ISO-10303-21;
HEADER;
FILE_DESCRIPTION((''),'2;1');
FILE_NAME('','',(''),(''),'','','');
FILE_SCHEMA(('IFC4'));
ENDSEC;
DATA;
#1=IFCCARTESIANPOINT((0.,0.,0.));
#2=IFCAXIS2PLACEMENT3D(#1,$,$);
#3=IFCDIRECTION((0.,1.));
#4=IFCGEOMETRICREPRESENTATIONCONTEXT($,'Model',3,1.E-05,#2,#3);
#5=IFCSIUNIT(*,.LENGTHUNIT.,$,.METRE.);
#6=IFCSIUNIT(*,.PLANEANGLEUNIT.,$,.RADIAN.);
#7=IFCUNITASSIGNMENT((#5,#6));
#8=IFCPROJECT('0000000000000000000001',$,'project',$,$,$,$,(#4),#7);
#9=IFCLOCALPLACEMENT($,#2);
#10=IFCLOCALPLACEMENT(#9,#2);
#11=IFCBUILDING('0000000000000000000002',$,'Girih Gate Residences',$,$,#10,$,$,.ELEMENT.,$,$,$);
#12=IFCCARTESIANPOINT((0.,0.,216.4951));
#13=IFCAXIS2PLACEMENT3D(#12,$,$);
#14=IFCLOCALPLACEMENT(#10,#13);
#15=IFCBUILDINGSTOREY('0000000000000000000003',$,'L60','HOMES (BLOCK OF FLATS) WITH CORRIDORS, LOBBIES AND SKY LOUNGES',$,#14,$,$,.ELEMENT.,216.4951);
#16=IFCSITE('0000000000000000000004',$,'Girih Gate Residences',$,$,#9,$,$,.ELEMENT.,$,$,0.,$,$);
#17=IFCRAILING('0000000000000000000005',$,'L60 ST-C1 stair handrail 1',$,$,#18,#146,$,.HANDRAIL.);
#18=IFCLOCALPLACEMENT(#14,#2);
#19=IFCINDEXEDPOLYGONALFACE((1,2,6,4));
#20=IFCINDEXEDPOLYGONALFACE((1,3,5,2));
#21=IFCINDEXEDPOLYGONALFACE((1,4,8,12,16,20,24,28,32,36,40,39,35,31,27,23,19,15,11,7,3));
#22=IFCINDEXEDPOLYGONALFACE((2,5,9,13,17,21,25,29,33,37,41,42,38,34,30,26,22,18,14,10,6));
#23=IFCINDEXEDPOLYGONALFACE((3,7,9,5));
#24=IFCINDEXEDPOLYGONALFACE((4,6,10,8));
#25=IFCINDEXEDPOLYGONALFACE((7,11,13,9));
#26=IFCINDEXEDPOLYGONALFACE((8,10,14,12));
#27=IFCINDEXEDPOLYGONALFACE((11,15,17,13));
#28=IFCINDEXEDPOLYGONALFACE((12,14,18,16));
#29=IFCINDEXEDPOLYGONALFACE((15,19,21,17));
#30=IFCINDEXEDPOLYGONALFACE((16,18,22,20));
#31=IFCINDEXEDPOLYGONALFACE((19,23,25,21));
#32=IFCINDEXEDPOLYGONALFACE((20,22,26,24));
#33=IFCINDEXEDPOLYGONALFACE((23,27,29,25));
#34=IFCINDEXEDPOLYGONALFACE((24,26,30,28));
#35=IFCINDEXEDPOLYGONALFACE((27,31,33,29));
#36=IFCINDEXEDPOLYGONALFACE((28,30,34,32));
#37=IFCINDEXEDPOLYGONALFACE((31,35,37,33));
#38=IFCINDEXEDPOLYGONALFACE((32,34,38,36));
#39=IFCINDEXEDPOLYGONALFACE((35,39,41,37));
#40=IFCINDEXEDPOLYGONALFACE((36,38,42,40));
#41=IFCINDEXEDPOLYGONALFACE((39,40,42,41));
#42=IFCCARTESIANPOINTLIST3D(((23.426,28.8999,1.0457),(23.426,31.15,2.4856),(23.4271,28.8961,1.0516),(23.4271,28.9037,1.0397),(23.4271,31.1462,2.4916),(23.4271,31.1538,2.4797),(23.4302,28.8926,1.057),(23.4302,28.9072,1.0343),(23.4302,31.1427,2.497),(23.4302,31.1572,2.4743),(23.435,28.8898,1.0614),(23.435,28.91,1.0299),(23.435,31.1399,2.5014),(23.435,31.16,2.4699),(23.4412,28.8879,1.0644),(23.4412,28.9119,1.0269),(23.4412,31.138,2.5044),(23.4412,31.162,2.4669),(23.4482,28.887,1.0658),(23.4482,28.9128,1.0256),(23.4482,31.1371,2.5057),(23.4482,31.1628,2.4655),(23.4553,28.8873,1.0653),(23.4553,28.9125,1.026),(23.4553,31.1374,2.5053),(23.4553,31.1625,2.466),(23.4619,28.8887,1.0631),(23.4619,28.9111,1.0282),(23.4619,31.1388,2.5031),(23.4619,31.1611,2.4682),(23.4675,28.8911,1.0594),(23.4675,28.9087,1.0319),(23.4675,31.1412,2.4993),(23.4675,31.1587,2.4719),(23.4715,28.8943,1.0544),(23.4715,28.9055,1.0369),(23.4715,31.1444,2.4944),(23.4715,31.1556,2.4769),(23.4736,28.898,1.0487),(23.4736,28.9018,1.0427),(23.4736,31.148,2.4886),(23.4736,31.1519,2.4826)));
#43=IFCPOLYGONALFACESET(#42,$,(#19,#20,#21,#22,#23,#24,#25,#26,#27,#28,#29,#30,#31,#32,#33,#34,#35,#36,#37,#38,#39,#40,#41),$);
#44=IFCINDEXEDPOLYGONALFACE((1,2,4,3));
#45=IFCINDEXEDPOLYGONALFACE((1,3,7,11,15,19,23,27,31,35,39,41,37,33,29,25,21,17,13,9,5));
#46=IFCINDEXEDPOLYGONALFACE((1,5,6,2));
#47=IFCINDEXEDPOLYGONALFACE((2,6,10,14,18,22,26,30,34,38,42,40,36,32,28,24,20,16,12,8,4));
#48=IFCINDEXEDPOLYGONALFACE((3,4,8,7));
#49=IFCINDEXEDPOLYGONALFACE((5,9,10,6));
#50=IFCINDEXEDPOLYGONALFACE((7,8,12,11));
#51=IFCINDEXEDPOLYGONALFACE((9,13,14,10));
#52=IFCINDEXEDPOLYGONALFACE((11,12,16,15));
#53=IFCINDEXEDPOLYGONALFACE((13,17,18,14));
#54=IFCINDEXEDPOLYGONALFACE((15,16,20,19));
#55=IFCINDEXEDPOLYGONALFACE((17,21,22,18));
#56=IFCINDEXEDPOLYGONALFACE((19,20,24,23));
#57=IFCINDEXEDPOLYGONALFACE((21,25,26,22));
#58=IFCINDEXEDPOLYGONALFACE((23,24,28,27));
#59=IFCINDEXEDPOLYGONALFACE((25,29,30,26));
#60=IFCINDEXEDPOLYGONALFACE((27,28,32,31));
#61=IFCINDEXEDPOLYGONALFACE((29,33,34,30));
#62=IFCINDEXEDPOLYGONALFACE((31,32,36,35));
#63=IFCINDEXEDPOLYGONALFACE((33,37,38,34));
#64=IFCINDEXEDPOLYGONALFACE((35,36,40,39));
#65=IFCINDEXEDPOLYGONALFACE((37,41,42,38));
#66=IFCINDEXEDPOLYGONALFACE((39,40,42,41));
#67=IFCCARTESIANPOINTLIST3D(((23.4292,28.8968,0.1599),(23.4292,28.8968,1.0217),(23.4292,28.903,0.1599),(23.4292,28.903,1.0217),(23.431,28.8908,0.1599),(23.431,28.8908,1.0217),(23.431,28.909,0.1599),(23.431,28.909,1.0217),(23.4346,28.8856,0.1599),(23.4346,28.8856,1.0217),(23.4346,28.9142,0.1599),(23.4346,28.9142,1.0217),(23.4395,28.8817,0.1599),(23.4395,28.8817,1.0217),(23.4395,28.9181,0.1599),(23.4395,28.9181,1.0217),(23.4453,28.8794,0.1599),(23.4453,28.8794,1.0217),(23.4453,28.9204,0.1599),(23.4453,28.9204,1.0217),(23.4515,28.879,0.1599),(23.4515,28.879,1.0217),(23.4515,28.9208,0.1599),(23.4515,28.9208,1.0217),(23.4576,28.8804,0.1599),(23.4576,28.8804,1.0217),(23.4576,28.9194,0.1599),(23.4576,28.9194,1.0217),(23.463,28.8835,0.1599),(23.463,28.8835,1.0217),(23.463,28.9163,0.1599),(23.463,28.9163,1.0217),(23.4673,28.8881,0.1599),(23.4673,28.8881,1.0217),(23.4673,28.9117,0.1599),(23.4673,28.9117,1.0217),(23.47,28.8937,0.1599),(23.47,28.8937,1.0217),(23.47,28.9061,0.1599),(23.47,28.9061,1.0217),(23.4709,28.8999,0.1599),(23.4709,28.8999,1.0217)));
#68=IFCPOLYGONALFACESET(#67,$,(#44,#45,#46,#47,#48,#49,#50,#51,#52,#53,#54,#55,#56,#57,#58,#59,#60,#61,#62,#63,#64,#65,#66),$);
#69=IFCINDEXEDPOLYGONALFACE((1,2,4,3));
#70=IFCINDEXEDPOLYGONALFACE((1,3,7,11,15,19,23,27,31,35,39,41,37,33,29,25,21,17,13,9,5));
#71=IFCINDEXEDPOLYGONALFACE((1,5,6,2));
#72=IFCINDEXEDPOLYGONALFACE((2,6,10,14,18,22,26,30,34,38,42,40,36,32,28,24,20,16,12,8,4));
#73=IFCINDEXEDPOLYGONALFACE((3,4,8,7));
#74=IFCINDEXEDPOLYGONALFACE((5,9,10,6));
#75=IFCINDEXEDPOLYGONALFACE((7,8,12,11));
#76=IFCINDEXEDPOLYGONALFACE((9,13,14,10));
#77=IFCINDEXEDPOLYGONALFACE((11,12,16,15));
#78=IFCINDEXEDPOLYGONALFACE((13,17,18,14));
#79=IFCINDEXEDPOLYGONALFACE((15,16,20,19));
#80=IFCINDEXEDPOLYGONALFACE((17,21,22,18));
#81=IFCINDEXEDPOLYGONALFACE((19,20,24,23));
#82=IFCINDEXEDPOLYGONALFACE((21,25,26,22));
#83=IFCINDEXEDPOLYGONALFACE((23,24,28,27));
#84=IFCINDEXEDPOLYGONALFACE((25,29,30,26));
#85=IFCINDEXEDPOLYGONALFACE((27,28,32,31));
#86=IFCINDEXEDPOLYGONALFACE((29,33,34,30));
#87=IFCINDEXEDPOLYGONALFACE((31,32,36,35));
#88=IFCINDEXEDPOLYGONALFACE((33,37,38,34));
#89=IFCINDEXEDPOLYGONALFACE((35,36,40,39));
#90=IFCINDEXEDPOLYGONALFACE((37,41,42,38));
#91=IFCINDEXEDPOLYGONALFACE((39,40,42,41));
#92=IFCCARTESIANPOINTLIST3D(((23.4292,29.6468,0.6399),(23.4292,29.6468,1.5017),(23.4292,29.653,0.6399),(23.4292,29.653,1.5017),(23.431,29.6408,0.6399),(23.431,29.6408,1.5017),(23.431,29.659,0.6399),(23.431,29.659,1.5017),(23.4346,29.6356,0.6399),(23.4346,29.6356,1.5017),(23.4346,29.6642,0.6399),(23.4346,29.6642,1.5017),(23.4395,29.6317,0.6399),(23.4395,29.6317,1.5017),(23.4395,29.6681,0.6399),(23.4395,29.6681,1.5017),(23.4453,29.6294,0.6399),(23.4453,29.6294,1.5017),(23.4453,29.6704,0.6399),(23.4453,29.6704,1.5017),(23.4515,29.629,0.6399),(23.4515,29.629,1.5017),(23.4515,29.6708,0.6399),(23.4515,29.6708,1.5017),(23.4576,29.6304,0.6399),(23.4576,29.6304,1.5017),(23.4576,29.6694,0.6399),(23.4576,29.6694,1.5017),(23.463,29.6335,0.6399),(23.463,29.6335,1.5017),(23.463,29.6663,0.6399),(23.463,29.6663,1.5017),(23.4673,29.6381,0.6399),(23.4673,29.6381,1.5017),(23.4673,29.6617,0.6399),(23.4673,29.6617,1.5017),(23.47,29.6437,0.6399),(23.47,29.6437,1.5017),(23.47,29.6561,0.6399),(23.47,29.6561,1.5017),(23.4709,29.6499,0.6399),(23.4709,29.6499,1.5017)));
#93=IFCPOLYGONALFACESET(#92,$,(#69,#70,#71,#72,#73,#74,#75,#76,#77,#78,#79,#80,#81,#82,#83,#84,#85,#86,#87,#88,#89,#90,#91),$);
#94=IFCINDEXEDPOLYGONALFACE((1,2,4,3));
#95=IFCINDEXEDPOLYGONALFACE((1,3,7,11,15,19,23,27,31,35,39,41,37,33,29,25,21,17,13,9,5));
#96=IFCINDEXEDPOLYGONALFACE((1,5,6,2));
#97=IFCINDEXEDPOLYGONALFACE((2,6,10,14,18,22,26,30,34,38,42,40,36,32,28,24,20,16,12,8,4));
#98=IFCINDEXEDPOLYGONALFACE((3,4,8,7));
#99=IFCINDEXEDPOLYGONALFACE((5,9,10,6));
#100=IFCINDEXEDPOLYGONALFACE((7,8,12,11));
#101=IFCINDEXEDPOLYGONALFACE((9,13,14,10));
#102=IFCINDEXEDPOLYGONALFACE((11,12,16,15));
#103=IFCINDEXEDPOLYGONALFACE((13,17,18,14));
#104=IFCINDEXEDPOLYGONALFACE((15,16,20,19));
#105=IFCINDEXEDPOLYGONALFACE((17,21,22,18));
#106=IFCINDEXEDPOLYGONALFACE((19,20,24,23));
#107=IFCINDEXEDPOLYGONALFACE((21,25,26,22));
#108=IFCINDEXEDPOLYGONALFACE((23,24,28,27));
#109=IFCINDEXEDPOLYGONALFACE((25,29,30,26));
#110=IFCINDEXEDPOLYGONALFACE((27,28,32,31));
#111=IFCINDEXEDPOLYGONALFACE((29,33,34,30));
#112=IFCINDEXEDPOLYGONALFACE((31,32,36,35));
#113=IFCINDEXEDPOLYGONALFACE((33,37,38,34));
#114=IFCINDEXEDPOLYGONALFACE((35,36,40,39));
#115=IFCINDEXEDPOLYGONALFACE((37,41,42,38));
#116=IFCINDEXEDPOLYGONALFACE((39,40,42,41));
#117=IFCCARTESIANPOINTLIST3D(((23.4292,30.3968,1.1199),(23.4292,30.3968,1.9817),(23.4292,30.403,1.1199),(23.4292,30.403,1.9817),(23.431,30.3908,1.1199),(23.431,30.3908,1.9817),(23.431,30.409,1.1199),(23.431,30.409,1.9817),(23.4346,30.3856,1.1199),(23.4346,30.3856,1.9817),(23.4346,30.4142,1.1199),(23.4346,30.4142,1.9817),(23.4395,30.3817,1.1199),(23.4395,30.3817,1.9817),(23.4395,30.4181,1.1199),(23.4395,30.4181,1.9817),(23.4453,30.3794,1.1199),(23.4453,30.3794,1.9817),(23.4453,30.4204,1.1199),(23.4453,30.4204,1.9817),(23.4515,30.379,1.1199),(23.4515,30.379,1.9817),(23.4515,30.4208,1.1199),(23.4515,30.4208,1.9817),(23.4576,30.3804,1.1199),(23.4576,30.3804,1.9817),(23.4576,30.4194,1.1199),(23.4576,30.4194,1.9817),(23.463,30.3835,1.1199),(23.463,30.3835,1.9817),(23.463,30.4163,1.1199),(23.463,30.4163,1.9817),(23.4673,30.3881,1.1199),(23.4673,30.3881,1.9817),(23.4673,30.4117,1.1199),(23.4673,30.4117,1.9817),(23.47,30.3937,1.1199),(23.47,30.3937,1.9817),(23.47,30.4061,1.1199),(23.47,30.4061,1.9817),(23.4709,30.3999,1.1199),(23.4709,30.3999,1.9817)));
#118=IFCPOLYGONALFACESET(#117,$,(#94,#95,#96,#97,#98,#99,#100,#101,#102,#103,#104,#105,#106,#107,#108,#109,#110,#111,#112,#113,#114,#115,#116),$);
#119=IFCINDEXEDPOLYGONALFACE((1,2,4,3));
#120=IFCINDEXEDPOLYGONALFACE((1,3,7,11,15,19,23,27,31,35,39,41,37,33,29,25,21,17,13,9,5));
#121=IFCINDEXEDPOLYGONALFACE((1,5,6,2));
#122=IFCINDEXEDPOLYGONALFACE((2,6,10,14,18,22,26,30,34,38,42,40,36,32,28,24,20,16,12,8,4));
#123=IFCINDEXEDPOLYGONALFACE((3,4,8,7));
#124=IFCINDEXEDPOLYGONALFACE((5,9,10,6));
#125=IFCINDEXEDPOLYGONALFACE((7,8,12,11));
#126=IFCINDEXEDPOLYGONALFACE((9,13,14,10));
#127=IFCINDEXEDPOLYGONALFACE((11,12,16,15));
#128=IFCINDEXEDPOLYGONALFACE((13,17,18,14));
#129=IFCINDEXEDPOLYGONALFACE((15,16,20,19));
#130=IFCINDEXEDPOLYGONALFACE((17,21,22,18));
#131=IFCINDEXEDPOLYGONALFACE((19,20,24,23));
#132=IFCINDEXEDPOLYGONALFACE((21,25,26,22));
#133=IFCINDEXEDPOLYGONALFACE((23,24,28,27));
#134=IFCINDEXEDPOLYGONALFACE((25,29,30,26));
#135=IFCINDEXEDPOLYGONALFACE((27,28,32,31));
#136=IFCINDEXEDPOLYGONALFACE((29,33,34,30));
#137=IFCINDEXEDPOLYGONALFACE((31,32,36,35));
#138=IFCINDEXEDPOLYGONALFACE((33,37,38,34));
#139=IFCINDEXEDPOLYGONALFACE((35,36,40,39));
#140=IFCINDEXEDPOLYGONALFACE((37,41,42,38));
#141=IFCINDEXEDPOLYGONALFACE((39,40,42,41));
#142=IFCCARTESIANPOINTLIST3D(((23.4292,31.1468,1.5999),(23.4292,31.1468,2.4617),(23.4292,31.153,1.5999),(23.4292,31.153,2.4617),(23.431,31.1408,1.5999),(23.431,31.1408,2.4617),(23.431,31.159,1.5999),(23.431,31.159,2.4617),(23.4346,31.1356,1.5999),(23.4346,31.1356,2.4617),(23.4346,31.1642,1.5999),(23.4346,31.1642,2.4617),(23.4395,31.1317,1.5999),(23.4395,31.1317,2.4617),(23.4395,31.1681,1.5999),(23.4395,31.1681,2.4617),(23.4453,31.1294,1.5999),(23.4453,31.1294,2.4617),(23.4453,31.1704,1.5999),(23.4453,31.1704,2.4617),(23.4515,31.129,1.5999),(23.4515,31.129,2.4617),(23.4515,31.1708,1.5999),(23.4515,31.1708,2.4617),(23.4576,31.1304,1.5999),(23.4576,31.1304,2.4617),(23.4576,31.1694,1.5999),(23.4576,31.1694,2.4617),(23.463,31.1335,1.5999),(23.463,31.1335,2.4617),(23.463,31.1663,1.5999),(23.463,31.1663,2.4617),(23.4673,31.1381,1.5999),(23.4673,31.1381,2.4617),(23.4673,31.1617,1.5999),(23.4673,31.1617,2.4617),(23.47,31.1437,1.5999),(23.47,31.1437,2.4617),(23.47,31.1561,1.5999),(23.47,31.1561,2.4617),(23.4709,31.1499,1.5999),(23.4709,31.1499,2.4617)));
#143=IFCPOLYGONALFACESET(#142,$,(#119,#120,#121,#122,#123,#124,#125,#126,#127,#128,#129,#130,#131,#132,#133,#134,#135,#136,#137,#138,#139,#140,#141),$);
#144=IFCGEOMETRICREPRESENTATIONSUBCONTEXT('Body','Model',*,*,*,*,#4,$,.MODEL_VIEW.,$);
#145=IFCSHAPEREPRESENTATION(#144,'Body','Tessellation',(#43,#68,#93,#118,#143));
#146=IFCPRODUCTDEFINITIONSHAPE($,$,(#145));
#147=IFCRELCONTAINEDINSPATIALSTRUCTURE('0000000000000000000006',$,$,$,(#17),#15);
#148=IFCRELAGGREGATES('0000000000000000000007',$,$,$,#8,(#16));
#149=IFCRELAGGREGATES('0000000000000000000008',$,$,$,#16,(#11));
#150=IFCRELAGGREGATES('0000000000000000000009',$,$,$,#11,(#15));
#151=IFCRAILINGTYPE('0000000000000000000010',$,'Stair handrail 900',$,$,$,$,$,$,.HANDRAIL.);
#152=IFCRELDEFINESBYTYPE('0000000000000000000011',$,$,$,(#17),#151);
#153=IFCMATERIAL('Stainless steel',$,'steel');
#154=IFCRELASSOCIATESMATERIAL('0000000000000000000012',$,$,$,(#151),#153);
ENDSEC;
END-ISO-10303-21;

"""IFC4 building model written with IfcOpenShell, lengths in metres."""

from ifc_helpers import new_model, si_unit, direction, frame, origin, origin_2d, place, context, subcontext, project, spatial, circle, extrude, material, type_object, element, save


model = new_model("IFC4")

# Units and contexts
model_context = context("Model", 3, precision=1e-05, world=origin(), true_north=direction((0.0, 1.0)))
body_context = subcontext(model_context, "Body", "Model", "MODEL_VIEW")
ifc_project = project(units=[si_unit("LENGTHUNIT", "METRE"), si_unit("PLANEANGLEUNIT", "RADIAN")], contexts=[model_context])

# Site, building, storey
site_placement = place(None, origin())
site = spatial("IfcSite", under=ifc_project, at=site_placement, Name="Girih Gate Residences", CompositionType="ELEMENT", RefElevation=0.0)
building_placement = place(site_placement, origin())
building = spatial("IfcBuilding", under=site, at=building_placement, Name="Girih Gate Residences", CompositionType="ELEMENT")
storey_placement = place(building_placement, frame((0.0, 0.0, 216.4951)))
storey = spatial("IfcBuildingStorey", under=building, at=storey_placement, Name="L60", Description="HOMES (BLOCK OF FLATS) WITH CORRIDORS, LOBBIES AND SKY LOUNGES", CompositionType="ELEMENT", Elevation=216.4951)

# Railing
ifc_material_1 = material(Name="Stainless steel", Category="steel")
railing_type_1 = type_object("IfcRailingType", Name="Stair handrail 900", PredefinedType="HANDRAIL", material=ifc_material_1)
railing_1_placement = place(storey_placement, frame((23.45, 28.8999, 0.1599)))
element("IfcRailing", 1, at=railing_1_placement, inside=storey, type_object=railing_type_1, Name="L60 ST-C1 stair handrail 1", PredefinedType="HANDRAIL", context=body_context, shape_type="SweptSolid", body=[
    extrude(circle(Radius=0.0239, at=origin_2d()), frame((0.0, 0.0, 0.8857), z_axis=(0.0, 0.842281, 0.539038), x_axis=(-1.0, 0.0, 0.0)), (0.0, 0.0, 1.0), 2.6714),
    extrude(circle(Radius=0.021, at=origin_2d()), origin(), (0.0, 0.0, 1.0), 0.8618),
    extrude(circle(Radius=0.021, at=origin_2d()), frame((0.0, 0.75, 0.48)), (0.0, 0.0, 1.0), 0.8618),
    extrude(circle(Radius=0.021, at=origin_2d()), frame((0.0, 1.5, 0.96)), (0.0, 0.0, 1.0), 0.8618),
    extrude(circle(Radius=0.021, at=origin_2d()), frame((0.0, 2.25, 1.4399)), (0.0, 0.0, 1.0), 0.8618),
])

save(model, "model.ifc")
